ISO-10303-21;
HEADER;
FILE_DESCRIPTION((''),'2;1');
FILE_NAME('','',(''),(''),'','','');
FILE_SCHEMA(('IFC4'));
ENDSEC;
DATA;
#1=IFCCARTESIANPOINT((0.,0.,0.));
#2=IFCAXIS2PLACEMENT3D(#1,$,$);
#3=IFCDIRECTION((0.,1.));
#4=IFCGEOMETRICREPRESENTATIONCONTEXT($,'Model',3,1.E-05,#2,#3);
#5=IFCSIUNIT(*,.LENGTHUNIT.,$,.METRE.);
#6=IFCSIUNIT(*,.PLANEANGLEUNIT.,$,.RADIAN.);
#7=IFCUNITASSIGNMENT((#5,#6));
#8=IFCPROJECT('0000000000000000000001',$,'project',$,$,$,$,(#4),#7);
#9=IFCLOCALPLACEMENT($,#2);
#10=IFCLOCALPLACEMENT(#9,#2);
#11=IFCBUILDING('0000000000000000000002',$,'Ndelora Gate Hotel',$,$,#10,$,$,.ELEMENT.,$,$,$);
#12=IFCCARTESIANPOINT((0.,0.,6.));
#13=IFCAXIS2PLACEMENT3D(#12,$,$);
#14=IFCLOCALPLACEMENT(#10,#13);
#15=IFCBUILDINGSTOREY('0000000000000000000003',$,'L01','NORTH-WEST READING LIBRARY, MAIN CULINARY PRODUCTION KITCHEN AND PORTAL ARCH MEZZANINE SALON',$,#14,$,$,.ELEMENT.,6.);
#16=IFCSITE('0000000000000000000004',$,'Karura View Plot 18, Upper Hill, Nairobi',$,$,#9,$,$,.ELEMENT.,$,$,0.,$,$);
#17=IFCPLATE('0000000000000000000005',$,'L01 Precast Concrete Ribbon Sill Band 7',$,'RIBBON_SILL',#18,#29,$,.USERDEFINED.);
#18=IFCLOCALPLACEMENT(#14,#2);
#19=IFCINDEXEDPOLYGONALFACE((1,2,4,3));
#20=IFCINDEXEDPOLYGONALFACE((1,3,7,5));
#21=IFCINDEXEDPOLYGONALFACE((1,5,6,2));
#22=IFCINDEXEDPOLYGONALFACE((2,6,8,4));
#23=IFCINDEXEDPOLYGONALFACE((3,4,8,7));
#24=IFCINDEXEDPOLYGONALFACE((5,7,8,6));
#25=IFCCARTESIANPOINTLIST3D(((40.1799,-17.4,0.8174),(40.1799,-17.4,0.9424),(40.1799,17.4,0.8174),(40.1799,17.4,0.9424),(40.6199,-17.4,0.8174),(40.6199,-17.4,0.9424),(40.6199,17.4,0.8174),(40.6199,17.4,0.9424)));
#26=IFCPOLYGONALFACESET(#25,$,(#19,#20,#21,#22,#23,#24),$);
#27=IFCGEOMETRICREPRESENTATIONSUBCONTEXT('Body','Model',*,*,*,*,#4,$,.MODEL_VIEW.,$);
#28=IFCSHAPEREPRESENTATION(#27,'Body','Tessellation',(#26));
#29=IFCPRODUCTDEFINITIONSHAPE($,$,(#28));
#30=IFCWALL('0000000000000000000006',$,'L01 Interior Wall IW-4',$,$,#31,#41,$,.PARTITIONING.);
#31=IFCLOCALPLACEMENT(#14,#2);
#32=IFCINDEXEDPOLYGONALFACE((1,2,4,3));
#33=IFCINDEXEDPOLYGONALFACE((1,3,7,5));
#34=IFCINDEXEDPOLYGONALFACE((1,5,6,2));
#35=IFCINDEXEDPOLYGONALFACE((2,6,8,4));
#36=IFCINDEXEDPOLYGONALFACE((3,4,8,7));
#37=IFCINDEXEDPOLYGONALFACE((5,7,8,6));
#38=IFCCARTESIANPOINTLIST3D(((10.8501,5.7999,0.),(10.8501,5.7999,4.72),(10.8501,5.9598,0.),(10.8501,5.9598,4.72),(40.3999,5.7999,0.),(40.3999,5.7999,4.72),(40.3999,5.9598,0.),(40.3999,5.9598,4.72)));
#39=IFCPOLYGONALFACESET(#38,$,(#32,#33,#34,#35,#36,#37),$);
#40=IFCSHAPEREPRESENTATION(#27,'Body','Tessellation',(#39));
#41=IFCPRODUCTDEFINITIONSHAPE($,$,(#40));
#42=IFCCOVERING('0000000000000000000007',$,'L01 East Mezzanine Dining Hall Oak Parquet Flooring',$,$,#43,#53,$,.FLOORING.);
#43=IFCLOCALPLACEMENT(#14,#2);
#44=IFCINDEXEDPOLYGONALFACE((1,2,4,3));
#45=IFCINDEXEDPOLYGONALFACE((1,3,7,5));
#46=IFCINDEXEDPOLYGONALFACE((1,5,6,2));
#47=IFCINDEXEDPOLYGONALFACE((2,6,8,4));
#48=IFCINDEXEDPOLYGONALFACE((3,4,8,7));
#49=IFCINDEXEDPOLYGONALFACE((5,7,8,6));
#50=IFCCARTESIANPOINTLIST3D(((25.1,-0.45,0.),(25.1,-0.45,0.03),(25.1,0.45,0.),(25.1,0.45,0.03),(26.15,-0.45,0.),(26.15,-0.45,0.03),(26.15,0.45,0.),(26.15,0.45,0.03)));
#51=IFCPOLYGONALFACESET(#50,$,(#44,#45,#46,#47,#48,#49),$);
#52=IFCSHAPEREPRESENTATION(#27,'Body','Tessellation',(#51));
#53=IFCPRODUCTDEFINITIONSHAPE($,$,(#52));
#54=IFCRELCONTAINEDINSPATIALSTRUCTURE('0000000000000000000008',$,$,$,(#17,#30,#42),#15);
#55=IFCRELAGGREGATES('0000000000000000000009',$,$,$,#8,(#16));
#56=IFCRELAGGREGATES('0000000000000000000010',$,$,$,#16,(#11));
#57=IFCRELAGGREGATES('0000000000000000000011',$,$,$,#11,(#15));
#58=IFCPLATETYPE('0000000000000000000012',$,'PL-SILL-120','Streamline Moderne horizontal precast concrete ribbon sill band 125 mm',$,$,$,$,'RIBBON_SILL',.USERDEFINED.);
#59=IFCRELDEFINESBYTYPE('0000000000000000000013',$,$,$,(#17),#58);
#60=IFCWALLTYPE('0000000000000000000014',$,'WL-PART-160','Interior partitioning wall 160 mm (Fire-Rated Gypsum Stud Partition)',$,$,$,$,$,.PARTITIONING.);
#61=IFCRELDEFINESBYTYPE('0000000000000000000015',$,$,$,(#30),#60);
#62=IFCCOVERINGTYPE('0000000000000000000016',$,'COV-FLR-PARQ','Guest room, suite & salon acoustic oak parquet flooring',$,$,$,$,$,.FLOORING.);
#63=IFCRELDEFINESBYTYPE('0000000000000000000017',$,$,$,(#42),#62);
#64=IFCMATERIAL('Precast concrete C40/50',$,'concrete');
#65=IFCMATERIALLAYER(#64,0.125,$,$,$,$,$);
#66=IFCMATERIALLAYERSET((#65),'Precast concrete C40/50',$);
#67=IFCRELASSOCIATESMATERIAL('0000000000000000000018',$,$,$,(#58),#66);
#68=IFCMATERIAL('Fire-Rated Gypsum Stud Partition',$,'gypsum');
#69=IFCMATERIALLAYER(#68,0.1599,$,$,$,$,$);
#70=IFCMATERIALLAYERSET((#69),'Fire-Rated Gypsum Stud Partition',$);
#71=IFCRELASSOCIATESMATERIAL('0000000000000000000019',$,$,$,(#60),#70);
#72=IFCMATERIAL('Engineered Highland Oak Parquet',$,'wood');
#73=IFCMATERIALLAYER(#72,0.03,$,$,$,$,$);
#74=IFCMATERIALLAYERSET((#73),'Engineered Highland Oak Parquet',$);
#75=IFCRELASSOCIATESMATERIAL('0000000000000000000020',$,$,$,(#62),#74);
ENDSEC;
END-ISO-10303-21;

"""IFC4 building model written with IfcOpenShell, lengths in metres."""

from ifc_helpers import new_model, si_unit, direction, frame, frame_2d, origin, origin_2d, place, context, subcontext, project, spatial, rectangle, extrude, material, layer, layer_set, type_object, element, save


model = new_model("IFC4")

# Units and contexts
model_context = context("Model", 3, precision=1e-05, world=origin(), true_north=direction((0.0, 1.0)))
body_context = subcontext(model_context, "Body", "Model", "MODEL_VIEW")
ifc_project = project(units=[si_unit("LENGTHUNIT", "METRE"), si_unit("PLANEANGLEUNIT", "RADIAN")], contexts=[model_context])

# Site, building, storey
site_placement = place(None, origin())
site = spatial("IfcSite", under=ifc_project, at=site_placement, Name="Karura View Plot 18, Upper Hill, Nairobi", CompositionType="ELEMENT", RefElevation=0.0)
building_placement = place(site_placement, origin())
building = spatial("IfcBuilding", under=site, at=building_placement, Name="Ndelora Gate Hotel", CompositionType="ELEMENT")
storey_placement = place(building_placement, frame((0.0, 0.0, 6.0)))
storey = spatial("IfcBuildingStorey", under=building, at=storey_placement, Name="L01", Description="NORTH-WEST READING LIBRARY, MAIN CULINARY PRODUCTION KITCHEN AND PORTAL ARCH MEZZANINE SALON", CompositionType="ELEMENT", Elevation=6.0)

# Plate
ifc_material_1 = material(Name="Precast concrete C40/50", Category="concrete")
ifc_layer_1 = layer(ifc_material_1, 0.125)
ifc_layer_set_1 = layer_set([ifc_layer_1], Name="Precast concrete C40/50")
plate_type = type_object("IfcPlateType", Name="PL-SILL-120", Description="Streamline Moderne horizontal precast concrete ribbon sill band 125 mm", ElementType="RIBBON_SILL", PredefinedType="USERDEFINED", material=ifc_layer_set_1)
plate_placement = place(storey_placement, frame((40.3999, 0.0, 0.8174), z_axis=(0.0, 0.0, 1.0), x_axis=(0.0, 1.0, 0.0)))
element("IfcPlate", 1, at=plate_placement, inside=storey, type_object=plate_type, Name="L01 Precast Concrete Ribbon Sill Band 7", ObjectType="RIBBON_SILL", PredefinedType="USERDEFINED", context=body_context, shape_type="SweptSolid", body=[
    extrude(rectangle(XDim=34.8, YDim=0.4399, at=origin_2d()), origin(), (0.0, 0.0, 1.0), 0.125),
])

# Wall
ifc_material_2 = material(Name="Fire-Rated Gypsum Stud Partition", Category="gypsum")
ifc_layer_2 = layer(ifc_material_2, 0.1599)
ifc_layer_set_2 = layer_set([ifc_layer_2], Name="Fire-Rated Gypsum Stud Partition")
wall_type = type_object("IfcWallType", Name="WL-PART-160", Description="Interior partitioning wall 160 mm (Fire-Rated Gypsum Stud Partition)", PredefinedType="PARTITIONING", material=ifc_layer_set_2)
wall_placement = place(storey_placement, frame((40.3999, 5.8799, 0.0), z_axis=(0.0, 0.0, 1.0), x_axis=(-1.0, 0.0, 0.0)))
element("IfcWall", 2, at=wall_placement, inside=storey, type_object=wall_type, Name="L01 Interior Wall IW-4", PredefinedType="PARTITIONING", context=body_context, shape_type="SweptSolid", body=[
    extrude(rectangle(XDim=29.5498, YDim=0.1599, at=frame_2d((14.7749, 0.0))), origin(), (0.0, 0.0, 1.0), 4.72),
])

# Covering
ifc_material_3 = material(Name="Engineered Highland Oak Parquet", Category="wood")
ifc_layer_3 = layer(ifc_material_3, 0.03)
ifc_layer_set_3 = layer_set([ifc_layer_3], Name="Engineered Highland Oak Parquet")
covering_type = type_object("IfcCoveringType", Name="COV-FLR-PARQ", Description="Guest room, suite & salon acoustic oak parquet flooring", PredefinedType="FLOORING", material=ifc_layer_set_3)
covering_placement = place(storey_placement, frame((25.625, 0.0, 0.0), z_axis=(0.0, 0.0, 1.0), x_axis=(1.0, 0.0, 0.0)))
element("IfcCovering", 3, at=covering_placement, inside=storey, type_object=covering_type, Name="L01 East Mezzanine Dining Hall Oak Parquet Flooring", PredefinedType="FLOORING", context=body_context, shape_type="SweptSolid", body=[
    extrude(rectangle(XDim=1.05, YDim=0.8999, at=origin_2d()), origin(), (0.0, 0.0, 1.0), 0.03),
])

save(model, "model.ifc")
